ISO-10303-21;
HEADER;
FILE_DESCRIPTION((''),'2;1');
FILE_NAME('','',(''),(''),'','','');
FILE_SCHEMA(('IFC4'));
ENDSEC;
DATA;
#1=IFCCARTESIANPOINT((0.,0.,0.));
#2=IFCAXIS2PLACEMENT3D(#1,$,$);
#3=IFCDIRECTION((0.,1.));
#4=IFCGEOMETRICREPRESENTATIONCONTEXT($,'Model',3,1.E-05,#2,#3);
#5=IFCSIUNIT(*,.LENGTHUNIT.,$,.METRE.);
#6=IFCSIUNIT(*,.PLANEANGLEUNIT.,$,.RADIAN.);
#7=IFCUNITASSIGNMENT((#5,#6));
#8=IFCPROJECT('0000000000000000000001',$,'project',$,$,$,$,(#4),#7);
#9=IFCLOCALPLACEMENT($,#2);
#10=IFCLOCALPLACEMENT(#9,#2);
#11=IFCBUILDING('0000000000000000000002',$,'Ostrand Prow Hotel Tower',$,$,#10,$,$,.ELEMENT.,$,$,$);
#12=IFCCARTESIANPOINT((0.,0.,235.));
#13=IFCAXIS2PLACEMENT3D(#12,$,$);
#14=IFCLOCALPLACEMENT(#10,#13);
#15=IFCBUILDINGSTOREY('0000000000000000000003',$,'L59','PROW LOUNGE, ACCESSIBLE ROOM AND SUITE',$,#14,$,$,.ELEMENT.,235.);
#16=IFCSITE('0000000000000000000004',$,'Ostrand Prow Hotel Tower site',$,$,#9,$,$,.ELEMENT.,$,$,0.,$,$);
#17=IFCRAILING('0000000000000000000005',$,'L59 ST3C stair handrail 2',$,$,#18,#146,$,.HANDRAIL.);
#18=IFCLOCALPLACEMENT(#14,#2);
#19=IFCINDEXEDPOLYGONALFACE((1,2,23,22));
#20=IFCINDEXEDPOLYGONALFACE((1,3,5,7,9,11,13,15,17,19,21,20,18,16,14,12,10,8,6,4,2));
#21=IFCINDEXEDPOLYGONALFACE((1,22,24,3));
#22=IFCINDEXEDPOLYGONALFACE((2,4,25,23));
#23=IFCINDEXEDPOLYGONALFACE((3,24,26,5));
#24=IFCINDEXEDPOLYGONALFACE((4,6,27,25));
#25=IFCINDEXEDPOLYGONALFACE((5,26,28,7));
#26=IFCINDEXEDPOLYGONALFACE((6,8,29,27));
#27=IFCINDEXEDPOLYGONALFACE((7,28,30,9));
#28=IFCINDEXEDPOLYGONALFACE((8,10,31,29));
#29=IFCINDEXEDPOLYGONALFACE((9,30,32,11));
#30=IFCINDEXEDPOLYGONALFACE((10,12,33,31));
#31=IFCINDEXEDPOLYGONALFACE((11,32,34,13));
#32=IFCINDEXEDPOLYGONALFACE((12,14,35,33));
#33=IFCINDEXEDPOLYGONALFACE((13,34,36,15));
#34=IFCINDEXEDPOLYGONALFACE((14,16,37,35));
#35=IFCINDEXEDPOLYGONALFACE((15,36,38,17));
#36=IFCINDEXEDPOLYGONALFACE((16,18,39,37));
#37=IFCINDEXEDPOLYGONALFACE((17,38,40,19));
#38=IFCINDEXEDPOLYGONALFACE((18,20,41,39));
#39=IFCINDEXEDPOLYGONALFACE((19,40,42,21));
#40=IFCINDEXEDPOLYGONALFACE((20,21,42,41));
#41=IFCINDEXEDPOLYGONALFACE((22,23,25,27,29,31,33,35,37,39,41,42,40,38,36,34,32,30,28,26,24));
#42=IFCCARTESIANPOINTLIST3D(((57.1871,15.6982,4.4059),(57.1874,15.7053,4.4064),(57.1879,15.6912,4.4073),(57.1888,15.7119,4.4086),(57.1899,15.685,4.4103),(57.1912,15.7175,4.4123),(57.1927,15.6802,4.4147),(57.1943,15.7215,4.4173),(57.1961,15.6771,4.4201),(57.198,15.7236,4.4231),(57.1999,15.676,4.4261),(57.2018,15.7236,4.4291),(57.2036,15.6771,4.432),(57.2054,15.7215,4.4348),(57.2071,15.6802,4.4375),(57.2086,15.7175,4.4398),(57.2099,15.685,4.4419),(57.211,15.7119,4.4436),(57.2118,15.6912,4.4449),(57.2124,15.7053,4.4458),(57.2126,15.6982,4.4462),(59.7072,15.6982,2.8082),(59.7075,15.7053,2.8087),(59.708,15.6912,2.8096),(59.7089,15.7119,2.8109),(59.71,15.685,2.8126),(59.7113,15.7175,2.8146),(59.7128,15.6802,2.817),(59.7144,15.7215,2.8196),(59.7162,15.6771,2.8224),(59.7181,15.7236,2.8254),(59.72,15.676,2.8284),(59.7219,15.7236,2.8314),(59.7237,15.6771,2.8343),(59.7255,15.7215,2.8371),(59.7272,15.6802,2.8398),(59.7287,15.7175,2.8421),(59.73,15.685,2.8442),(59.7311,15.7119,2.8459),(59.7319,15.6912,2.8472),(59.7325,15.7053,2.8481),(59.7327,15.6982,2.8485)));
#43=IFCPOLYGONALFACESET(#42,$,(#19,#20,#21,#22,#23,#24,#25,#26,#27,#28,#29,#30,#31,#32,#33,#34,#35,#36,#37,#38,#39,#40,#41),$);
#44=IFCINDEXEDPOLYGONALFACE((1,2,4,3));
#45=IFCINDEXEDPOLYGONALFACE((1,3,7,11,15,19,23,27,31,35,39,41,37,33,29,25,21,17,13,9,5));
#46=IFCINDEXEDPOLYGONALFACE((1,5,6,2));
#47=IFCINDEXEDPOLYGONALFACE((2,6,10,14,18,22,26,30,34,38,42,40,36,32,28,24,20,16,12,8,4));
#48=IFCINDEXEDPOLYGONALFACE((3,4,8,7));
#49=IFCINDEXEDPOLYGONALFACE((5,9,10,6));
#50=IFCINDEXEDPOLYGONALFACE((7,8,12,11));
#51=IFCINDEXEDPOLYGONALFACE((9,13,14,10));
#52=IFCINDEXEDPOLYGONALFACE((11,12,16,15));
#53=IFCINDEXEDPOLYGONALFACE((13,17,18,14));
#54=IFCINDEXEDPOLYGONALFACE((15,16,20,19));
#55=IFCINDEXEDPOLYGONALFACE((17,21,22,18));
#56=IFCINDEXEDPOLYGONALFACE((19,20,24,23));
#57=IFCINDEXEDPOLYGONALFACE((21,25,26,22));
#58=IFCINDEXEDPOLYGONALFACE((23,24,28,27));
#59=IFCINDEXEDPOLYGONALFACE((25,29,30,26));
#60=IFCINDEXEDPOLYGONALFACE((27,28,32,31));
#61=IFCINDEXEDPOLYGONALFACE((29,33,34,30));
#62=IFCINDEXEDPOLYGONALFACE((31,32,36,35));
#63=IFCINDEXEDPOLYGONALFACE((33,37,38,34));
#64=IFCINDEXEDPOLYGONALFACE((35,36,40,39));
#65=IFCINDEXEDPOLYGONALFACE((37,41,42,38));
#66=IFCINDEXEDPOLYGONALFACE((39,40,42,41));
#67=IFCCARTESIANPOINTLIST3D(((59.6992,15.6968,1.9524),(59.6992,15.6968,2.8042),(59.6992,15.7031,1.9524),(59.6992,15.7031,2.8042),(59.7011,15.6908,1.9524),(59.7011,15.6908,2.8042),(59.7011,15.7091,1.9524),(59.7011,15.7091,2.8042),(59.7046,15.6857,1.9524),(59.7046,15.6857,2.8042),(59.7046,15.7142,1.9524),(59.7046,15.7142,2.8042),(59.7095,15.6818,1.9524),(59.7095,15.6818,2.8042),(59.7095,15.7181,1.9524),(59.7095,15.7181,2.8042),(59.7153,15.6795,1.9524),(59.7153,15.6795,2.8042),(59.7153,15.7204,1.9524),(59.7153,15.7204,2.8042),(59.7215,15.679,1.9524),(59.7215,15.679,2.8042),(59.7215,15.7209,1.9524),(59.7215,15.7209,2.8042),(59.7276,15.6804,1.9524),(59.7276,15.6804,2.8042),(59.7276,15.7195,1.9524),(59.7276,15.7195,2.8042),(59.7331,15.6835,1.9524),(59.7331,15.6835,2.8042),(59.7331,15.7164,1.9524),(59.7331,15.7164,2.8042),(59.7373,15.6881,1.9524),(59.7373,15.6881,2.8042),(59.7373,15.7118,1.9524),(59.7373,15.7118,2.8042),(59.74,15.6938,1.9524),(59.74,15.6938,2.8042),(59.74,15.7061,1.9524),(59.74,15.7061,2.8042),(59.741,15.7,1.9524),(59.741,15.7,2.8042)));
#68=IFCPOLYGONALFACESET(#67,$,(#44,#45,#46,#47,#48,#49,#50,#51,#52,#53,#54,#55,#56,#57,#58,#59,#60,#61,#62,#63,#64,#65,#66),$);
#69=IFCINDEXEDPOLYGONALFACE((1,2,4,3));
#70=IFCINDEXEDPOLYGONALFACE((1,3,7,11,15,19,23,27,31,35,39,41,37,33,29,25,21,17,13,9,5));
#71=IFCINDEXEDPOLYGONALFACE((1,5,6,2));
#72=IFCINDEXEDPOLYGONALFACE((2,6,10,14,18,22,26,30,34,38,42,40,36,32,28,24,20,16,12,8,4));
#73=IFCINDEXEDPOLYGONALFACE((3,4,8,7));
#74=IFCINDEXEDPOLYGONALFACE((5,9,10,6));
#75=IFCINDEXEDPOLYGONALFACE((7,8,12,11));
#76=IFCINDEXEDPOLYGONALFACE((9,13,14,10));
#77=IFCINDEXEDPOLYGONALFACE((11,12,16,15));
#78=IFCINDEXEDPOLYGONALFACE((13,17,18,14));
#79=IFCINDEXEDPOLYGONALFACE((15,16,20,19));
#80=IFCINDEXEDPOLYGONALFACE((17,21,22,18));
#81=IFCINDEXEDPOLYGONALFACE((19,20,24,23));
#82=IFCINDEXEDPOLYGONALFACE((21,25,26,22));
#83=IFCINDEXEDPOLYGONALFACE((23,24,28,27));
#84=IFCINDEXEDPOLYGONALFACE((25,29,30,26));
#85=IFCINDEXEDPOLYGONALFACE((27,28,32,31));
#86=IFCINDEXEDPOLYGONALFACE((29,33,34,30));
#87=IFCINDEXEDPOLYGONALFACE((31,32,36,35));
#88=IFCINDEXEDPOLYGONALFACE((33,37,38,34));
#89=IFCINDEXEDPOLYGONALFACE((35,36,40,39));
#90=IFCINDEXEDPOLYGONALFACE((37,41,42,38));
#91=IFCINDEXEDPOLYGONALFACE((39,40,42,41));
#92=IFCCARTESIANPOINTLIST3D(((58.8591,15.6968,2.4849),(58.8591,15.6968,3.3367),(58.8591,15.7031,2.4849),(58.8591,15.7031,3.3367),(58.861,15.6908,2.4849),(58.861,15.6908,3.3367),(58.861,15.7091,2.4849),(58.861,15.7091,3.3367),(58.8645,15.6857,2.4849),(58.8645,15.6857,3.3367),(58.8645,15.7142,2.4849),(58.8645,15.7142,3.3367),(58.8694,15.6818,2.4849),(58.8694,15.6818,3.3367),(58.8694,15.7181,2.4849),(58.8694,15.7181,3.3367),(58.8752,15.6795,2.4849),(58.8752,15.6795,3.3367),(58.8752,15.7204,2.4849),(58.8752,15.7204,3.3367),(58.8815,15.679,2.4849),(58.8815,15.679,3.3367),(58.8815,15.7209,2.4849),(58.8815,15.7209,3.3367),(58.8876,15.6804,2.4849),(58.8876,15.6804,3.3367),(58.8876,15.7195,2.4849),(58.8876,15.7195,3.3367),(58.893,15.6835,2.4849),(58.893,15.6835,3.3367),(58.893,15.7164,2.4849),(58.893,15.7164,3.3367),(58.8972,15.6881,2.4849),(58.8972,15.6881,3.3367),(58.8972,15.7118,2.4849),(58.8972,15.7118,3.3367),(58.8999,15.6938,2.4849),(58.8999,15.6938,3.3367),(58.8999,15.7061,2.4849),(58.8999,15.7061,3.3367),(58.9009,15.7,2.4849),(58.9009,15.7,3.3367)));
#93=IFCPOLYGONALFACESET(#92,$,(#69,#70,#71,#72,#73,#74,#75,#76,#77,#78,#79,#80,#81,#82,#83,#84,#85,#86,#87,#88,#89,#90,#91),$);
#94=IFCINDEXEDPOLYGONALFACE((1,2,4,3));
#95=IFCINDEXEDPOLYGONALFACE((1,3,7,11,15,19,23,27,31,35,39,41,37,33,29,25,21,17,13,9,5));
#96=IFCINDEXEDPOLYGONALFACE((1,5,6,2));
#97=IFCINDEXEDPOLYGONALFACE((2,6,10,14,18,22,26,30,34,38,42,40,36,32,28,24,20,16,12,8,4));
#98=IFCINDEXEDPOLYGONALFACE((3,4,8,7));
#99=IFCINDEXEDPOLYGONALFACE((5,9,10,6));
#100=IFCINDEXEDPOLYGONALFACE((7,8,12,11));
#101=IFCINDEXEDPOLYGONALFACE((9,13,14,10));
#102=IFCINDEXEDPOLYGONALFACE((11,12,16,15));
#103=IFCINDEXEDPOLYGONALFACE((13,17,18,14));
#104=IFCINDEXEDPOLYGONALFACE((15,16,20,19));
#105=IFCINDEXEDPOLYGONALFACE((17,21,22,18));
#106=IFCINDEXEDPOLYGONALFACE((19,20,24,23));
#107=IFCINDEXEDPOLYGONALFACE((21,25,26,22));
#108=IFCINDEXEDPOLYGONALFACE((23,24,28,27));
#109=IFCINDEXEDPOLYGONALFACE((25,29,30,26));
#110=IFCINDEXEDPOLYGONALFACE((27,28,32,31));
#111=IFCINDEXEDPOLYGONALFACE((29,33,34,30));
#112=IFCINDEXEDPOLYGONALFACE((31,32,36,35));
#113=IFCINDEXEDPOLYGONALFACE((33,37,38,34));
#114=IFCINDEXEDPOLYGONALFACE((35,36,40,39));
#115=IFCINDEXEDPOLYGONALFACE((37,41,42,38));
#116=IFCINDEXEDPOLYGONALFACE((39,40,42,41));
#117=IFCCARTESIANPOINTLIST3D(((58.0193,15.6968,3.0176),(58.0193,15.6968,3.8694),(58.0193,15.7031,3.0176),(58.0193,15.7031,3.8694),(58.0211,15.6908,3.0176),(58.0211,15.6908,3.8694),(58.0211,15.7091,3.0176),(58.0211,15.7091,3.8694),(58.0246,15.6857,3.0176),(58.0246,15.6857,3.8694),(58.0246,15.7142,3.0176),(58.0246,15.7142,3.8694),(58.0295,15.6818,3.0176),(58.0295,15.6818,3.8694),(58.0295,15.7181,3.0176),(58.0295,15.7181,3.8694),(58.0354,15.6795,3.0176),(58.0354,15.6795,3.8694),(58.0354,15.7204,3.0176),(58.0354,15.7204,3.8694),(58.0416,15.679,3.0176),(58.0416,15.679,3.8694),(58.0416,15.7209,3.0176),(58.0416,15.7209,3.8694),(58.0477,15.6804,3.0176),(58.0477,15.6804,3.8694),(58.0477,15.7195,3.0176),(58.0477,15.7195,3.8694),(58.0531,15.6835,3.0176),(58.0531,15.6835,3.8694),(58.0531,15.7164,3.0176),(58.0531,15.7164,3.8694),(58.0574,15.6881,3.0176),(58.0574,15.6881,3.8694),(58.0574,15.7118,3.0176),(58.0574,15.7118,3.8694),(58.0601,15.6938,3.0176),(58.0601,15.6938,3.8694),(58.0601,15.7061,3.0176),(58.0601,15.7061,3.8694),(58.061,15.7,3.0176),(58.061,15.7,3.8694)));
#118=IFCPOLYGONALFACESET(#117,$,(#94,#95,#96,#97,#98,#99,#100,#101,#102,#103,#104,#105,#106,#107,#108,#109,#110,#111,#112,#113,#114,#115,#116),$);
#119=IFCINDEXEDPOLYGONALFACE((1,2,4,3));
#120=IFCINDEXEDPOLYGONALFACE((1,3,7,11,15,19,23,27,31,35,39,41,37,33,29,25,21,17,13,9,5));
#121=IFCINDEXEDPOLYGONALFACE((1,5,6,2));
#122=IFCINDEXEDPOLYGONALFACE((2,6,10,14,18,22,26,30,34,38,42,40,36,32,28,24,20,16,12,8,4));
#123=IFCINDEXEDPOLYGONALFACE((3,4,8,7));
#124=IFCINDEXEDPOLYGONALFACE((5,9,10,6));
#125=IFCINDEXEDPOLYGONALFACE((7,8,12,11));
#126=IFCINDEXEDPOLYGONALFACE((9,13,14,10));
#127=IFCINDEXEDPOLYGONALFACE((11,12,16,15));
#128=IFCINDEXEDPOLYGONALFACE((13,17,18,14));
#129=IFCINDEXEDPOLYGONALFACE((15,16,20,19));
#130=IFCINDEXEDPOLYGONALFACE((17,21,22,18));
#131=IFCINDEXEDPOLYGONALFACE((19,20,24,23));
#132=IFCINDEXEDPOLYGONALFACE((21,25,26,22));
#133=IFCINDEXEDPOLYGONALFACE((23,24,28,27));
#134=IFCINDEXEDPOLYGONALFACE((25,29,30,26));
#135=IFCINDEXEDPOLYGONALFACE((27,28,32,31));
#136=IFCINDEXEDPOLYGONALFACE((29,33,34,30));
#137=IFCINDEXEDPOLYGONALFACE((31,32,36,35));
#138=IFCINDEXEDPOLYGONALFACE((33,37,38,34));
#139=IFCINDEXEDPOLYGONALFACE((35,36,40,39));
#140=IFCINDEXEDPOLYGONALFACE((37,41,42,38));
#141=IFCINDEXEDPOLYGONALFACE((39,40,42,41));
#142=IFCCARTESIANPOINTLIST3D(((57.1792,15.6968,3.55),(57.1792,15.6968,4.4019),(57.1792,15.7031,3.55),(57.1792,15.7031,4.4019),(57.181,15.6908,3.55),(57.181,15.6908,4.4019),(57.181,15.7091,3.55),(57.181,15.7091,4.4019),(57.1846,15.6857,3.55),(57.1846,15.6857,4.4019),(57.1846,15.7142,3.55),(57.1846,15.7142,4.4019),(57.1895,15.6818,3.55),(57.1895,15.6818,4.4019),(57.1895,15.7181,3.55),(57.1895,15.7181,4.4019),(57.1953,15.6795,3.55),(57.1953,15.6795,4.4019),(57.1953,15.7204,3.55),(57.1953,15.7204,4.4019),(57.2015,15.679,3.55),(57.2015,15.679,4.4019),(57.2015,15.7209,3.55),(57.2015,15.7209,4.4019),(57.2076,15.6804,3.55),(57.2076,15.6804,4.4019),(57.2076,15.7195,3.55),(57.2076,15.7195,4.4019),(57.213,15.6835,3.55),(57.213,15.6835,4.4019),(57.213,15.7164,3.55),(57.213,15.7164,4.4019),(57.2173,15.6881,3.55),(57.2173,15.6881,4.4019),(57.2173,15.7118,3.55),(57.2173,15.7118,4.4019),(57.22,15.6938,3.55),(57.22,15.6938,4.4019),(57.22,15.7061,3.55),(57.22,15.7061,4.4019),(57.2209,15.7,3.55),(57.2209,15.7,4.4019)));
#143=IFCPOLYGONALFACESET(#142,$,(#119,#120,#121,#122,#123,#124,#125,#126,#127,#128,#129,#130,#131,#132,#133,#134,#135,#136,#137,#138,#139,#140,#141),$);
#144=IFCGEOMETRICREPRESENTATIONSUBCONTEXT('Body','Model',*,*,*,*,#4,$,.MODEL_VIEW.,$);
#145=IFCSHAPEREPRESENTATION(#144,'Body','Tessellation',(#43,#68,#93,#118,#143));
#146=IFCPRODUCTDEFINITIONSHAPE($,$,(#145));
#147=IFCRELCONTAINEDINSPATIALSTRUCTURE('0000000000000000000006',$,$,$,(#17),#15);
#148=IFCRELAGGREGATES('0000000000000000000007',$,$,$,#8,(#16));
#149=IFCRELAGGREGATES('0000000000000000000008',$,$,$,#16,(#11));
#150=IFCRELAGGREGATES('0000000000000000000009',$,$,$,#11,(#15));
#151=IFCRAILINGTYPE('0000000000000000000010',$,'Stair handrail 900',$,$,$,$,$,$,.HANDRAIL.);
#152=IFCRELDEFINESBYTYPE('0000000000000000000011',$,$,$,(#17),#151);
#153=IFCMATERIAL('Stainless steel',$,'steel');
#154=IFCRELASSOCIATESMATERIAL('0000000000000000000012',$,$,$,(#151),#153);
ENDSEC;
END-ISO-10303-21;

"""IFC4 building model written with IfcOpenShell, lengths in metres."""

from ifc_helpers import new_model, si_unit, direction, frame, origin, origin_2d, place, context, subcontext, project, spatial, circle, extrude, material, type_object, element, save


model = new_model("IFC4")

# Units and contexts
model_context = context("Model", 3, precision=1e-05, world=origin(), true_north=direction((0.0, 1.0)))
body_context = subcontext(model_context, "Body", "Model", "MODEL_VIEW")
ifc_project = project(units=[si_unit("LENGTHUNIT", "METRE"), si_unit("PLANEANGLEUNIT", "RADIAN")], contexts=[model_context])

# Site, building, storey
site_placement = place(None, origin())
site = spatial("IfcSite", under=ifc_project, at=site_placement, Name="Ostrand Prow Hotel Tower site", CompositionType="ELEMENT", RefElevation=0.0)
building_placement = place(site_placement, origin())
building = spatial("IfcBuilding", under=site, at=building_placement, Name="Ostrand Prow Hotel Tower", CompositionType="ELEMENT")
storey_placement = place(building_placement, frame((0.0, 0.0, 235.0)))
storey = spatial("IfcBuildingStorey", under=building, at=storey_placement, Name="L59", Description="PROW LOUNGE, ACCESSIBLE ROOM AND SUITE", CompositionType="ELEMENT", Elevation=235.0)

# Railing
ifc_material_1 = material(Name="Stainless steel", Category="steel")
railing_type_1 = type_object("IfcRailingType", Name="Stair handrail 900", PredefinedType="HANDRAIL", material=ifc_material_1)
railing_1_placement = place(storey_placement, frame((59.72, 15.7, 1.9524)))
element("IfcRailing", 1, at=railing_1_placement, inside=storey, type_object=railing_type_1, Name="L59 ST3C stair handrail 2", PredefinedType="HANDRAIL", context=body_context, shape_type="SweptSolid", body=[
    extrude(circle(Radius=0.0239, at=origin_2d()), frame((0.0, 0.0, 0.876), z_axis=(-0.84457, 0.0, 0.535445), x_axis=(0.0, -1.0, 0.0)), (0.0, 0.0, 1.0), 2.9839),
    extrude(circle(Radius=0.021, at=origin_2d()), origin(), (0.0, 0.0, 1.0), 0.8518),
    extrude(circle(Radius=0.021, at=origin_2d()), frame((-0.8401, 0.0, 0.5325)), (0.0, 0.0, 1.0), 0.8518),
    extrude(circle(Radius=0.021, at=origin_2d()), frame((-1.6799, 0.0, 1.0652)), (0.0, 0.0, 1.0), 0.8518),
    extrude(circle(Radius=0.021, at=origin_2d()), frame((-2.52, 0.0, 1.5977)), (0.0, 0.0, 1.0), 0.8518),
])

save(model, "model.ifc")
